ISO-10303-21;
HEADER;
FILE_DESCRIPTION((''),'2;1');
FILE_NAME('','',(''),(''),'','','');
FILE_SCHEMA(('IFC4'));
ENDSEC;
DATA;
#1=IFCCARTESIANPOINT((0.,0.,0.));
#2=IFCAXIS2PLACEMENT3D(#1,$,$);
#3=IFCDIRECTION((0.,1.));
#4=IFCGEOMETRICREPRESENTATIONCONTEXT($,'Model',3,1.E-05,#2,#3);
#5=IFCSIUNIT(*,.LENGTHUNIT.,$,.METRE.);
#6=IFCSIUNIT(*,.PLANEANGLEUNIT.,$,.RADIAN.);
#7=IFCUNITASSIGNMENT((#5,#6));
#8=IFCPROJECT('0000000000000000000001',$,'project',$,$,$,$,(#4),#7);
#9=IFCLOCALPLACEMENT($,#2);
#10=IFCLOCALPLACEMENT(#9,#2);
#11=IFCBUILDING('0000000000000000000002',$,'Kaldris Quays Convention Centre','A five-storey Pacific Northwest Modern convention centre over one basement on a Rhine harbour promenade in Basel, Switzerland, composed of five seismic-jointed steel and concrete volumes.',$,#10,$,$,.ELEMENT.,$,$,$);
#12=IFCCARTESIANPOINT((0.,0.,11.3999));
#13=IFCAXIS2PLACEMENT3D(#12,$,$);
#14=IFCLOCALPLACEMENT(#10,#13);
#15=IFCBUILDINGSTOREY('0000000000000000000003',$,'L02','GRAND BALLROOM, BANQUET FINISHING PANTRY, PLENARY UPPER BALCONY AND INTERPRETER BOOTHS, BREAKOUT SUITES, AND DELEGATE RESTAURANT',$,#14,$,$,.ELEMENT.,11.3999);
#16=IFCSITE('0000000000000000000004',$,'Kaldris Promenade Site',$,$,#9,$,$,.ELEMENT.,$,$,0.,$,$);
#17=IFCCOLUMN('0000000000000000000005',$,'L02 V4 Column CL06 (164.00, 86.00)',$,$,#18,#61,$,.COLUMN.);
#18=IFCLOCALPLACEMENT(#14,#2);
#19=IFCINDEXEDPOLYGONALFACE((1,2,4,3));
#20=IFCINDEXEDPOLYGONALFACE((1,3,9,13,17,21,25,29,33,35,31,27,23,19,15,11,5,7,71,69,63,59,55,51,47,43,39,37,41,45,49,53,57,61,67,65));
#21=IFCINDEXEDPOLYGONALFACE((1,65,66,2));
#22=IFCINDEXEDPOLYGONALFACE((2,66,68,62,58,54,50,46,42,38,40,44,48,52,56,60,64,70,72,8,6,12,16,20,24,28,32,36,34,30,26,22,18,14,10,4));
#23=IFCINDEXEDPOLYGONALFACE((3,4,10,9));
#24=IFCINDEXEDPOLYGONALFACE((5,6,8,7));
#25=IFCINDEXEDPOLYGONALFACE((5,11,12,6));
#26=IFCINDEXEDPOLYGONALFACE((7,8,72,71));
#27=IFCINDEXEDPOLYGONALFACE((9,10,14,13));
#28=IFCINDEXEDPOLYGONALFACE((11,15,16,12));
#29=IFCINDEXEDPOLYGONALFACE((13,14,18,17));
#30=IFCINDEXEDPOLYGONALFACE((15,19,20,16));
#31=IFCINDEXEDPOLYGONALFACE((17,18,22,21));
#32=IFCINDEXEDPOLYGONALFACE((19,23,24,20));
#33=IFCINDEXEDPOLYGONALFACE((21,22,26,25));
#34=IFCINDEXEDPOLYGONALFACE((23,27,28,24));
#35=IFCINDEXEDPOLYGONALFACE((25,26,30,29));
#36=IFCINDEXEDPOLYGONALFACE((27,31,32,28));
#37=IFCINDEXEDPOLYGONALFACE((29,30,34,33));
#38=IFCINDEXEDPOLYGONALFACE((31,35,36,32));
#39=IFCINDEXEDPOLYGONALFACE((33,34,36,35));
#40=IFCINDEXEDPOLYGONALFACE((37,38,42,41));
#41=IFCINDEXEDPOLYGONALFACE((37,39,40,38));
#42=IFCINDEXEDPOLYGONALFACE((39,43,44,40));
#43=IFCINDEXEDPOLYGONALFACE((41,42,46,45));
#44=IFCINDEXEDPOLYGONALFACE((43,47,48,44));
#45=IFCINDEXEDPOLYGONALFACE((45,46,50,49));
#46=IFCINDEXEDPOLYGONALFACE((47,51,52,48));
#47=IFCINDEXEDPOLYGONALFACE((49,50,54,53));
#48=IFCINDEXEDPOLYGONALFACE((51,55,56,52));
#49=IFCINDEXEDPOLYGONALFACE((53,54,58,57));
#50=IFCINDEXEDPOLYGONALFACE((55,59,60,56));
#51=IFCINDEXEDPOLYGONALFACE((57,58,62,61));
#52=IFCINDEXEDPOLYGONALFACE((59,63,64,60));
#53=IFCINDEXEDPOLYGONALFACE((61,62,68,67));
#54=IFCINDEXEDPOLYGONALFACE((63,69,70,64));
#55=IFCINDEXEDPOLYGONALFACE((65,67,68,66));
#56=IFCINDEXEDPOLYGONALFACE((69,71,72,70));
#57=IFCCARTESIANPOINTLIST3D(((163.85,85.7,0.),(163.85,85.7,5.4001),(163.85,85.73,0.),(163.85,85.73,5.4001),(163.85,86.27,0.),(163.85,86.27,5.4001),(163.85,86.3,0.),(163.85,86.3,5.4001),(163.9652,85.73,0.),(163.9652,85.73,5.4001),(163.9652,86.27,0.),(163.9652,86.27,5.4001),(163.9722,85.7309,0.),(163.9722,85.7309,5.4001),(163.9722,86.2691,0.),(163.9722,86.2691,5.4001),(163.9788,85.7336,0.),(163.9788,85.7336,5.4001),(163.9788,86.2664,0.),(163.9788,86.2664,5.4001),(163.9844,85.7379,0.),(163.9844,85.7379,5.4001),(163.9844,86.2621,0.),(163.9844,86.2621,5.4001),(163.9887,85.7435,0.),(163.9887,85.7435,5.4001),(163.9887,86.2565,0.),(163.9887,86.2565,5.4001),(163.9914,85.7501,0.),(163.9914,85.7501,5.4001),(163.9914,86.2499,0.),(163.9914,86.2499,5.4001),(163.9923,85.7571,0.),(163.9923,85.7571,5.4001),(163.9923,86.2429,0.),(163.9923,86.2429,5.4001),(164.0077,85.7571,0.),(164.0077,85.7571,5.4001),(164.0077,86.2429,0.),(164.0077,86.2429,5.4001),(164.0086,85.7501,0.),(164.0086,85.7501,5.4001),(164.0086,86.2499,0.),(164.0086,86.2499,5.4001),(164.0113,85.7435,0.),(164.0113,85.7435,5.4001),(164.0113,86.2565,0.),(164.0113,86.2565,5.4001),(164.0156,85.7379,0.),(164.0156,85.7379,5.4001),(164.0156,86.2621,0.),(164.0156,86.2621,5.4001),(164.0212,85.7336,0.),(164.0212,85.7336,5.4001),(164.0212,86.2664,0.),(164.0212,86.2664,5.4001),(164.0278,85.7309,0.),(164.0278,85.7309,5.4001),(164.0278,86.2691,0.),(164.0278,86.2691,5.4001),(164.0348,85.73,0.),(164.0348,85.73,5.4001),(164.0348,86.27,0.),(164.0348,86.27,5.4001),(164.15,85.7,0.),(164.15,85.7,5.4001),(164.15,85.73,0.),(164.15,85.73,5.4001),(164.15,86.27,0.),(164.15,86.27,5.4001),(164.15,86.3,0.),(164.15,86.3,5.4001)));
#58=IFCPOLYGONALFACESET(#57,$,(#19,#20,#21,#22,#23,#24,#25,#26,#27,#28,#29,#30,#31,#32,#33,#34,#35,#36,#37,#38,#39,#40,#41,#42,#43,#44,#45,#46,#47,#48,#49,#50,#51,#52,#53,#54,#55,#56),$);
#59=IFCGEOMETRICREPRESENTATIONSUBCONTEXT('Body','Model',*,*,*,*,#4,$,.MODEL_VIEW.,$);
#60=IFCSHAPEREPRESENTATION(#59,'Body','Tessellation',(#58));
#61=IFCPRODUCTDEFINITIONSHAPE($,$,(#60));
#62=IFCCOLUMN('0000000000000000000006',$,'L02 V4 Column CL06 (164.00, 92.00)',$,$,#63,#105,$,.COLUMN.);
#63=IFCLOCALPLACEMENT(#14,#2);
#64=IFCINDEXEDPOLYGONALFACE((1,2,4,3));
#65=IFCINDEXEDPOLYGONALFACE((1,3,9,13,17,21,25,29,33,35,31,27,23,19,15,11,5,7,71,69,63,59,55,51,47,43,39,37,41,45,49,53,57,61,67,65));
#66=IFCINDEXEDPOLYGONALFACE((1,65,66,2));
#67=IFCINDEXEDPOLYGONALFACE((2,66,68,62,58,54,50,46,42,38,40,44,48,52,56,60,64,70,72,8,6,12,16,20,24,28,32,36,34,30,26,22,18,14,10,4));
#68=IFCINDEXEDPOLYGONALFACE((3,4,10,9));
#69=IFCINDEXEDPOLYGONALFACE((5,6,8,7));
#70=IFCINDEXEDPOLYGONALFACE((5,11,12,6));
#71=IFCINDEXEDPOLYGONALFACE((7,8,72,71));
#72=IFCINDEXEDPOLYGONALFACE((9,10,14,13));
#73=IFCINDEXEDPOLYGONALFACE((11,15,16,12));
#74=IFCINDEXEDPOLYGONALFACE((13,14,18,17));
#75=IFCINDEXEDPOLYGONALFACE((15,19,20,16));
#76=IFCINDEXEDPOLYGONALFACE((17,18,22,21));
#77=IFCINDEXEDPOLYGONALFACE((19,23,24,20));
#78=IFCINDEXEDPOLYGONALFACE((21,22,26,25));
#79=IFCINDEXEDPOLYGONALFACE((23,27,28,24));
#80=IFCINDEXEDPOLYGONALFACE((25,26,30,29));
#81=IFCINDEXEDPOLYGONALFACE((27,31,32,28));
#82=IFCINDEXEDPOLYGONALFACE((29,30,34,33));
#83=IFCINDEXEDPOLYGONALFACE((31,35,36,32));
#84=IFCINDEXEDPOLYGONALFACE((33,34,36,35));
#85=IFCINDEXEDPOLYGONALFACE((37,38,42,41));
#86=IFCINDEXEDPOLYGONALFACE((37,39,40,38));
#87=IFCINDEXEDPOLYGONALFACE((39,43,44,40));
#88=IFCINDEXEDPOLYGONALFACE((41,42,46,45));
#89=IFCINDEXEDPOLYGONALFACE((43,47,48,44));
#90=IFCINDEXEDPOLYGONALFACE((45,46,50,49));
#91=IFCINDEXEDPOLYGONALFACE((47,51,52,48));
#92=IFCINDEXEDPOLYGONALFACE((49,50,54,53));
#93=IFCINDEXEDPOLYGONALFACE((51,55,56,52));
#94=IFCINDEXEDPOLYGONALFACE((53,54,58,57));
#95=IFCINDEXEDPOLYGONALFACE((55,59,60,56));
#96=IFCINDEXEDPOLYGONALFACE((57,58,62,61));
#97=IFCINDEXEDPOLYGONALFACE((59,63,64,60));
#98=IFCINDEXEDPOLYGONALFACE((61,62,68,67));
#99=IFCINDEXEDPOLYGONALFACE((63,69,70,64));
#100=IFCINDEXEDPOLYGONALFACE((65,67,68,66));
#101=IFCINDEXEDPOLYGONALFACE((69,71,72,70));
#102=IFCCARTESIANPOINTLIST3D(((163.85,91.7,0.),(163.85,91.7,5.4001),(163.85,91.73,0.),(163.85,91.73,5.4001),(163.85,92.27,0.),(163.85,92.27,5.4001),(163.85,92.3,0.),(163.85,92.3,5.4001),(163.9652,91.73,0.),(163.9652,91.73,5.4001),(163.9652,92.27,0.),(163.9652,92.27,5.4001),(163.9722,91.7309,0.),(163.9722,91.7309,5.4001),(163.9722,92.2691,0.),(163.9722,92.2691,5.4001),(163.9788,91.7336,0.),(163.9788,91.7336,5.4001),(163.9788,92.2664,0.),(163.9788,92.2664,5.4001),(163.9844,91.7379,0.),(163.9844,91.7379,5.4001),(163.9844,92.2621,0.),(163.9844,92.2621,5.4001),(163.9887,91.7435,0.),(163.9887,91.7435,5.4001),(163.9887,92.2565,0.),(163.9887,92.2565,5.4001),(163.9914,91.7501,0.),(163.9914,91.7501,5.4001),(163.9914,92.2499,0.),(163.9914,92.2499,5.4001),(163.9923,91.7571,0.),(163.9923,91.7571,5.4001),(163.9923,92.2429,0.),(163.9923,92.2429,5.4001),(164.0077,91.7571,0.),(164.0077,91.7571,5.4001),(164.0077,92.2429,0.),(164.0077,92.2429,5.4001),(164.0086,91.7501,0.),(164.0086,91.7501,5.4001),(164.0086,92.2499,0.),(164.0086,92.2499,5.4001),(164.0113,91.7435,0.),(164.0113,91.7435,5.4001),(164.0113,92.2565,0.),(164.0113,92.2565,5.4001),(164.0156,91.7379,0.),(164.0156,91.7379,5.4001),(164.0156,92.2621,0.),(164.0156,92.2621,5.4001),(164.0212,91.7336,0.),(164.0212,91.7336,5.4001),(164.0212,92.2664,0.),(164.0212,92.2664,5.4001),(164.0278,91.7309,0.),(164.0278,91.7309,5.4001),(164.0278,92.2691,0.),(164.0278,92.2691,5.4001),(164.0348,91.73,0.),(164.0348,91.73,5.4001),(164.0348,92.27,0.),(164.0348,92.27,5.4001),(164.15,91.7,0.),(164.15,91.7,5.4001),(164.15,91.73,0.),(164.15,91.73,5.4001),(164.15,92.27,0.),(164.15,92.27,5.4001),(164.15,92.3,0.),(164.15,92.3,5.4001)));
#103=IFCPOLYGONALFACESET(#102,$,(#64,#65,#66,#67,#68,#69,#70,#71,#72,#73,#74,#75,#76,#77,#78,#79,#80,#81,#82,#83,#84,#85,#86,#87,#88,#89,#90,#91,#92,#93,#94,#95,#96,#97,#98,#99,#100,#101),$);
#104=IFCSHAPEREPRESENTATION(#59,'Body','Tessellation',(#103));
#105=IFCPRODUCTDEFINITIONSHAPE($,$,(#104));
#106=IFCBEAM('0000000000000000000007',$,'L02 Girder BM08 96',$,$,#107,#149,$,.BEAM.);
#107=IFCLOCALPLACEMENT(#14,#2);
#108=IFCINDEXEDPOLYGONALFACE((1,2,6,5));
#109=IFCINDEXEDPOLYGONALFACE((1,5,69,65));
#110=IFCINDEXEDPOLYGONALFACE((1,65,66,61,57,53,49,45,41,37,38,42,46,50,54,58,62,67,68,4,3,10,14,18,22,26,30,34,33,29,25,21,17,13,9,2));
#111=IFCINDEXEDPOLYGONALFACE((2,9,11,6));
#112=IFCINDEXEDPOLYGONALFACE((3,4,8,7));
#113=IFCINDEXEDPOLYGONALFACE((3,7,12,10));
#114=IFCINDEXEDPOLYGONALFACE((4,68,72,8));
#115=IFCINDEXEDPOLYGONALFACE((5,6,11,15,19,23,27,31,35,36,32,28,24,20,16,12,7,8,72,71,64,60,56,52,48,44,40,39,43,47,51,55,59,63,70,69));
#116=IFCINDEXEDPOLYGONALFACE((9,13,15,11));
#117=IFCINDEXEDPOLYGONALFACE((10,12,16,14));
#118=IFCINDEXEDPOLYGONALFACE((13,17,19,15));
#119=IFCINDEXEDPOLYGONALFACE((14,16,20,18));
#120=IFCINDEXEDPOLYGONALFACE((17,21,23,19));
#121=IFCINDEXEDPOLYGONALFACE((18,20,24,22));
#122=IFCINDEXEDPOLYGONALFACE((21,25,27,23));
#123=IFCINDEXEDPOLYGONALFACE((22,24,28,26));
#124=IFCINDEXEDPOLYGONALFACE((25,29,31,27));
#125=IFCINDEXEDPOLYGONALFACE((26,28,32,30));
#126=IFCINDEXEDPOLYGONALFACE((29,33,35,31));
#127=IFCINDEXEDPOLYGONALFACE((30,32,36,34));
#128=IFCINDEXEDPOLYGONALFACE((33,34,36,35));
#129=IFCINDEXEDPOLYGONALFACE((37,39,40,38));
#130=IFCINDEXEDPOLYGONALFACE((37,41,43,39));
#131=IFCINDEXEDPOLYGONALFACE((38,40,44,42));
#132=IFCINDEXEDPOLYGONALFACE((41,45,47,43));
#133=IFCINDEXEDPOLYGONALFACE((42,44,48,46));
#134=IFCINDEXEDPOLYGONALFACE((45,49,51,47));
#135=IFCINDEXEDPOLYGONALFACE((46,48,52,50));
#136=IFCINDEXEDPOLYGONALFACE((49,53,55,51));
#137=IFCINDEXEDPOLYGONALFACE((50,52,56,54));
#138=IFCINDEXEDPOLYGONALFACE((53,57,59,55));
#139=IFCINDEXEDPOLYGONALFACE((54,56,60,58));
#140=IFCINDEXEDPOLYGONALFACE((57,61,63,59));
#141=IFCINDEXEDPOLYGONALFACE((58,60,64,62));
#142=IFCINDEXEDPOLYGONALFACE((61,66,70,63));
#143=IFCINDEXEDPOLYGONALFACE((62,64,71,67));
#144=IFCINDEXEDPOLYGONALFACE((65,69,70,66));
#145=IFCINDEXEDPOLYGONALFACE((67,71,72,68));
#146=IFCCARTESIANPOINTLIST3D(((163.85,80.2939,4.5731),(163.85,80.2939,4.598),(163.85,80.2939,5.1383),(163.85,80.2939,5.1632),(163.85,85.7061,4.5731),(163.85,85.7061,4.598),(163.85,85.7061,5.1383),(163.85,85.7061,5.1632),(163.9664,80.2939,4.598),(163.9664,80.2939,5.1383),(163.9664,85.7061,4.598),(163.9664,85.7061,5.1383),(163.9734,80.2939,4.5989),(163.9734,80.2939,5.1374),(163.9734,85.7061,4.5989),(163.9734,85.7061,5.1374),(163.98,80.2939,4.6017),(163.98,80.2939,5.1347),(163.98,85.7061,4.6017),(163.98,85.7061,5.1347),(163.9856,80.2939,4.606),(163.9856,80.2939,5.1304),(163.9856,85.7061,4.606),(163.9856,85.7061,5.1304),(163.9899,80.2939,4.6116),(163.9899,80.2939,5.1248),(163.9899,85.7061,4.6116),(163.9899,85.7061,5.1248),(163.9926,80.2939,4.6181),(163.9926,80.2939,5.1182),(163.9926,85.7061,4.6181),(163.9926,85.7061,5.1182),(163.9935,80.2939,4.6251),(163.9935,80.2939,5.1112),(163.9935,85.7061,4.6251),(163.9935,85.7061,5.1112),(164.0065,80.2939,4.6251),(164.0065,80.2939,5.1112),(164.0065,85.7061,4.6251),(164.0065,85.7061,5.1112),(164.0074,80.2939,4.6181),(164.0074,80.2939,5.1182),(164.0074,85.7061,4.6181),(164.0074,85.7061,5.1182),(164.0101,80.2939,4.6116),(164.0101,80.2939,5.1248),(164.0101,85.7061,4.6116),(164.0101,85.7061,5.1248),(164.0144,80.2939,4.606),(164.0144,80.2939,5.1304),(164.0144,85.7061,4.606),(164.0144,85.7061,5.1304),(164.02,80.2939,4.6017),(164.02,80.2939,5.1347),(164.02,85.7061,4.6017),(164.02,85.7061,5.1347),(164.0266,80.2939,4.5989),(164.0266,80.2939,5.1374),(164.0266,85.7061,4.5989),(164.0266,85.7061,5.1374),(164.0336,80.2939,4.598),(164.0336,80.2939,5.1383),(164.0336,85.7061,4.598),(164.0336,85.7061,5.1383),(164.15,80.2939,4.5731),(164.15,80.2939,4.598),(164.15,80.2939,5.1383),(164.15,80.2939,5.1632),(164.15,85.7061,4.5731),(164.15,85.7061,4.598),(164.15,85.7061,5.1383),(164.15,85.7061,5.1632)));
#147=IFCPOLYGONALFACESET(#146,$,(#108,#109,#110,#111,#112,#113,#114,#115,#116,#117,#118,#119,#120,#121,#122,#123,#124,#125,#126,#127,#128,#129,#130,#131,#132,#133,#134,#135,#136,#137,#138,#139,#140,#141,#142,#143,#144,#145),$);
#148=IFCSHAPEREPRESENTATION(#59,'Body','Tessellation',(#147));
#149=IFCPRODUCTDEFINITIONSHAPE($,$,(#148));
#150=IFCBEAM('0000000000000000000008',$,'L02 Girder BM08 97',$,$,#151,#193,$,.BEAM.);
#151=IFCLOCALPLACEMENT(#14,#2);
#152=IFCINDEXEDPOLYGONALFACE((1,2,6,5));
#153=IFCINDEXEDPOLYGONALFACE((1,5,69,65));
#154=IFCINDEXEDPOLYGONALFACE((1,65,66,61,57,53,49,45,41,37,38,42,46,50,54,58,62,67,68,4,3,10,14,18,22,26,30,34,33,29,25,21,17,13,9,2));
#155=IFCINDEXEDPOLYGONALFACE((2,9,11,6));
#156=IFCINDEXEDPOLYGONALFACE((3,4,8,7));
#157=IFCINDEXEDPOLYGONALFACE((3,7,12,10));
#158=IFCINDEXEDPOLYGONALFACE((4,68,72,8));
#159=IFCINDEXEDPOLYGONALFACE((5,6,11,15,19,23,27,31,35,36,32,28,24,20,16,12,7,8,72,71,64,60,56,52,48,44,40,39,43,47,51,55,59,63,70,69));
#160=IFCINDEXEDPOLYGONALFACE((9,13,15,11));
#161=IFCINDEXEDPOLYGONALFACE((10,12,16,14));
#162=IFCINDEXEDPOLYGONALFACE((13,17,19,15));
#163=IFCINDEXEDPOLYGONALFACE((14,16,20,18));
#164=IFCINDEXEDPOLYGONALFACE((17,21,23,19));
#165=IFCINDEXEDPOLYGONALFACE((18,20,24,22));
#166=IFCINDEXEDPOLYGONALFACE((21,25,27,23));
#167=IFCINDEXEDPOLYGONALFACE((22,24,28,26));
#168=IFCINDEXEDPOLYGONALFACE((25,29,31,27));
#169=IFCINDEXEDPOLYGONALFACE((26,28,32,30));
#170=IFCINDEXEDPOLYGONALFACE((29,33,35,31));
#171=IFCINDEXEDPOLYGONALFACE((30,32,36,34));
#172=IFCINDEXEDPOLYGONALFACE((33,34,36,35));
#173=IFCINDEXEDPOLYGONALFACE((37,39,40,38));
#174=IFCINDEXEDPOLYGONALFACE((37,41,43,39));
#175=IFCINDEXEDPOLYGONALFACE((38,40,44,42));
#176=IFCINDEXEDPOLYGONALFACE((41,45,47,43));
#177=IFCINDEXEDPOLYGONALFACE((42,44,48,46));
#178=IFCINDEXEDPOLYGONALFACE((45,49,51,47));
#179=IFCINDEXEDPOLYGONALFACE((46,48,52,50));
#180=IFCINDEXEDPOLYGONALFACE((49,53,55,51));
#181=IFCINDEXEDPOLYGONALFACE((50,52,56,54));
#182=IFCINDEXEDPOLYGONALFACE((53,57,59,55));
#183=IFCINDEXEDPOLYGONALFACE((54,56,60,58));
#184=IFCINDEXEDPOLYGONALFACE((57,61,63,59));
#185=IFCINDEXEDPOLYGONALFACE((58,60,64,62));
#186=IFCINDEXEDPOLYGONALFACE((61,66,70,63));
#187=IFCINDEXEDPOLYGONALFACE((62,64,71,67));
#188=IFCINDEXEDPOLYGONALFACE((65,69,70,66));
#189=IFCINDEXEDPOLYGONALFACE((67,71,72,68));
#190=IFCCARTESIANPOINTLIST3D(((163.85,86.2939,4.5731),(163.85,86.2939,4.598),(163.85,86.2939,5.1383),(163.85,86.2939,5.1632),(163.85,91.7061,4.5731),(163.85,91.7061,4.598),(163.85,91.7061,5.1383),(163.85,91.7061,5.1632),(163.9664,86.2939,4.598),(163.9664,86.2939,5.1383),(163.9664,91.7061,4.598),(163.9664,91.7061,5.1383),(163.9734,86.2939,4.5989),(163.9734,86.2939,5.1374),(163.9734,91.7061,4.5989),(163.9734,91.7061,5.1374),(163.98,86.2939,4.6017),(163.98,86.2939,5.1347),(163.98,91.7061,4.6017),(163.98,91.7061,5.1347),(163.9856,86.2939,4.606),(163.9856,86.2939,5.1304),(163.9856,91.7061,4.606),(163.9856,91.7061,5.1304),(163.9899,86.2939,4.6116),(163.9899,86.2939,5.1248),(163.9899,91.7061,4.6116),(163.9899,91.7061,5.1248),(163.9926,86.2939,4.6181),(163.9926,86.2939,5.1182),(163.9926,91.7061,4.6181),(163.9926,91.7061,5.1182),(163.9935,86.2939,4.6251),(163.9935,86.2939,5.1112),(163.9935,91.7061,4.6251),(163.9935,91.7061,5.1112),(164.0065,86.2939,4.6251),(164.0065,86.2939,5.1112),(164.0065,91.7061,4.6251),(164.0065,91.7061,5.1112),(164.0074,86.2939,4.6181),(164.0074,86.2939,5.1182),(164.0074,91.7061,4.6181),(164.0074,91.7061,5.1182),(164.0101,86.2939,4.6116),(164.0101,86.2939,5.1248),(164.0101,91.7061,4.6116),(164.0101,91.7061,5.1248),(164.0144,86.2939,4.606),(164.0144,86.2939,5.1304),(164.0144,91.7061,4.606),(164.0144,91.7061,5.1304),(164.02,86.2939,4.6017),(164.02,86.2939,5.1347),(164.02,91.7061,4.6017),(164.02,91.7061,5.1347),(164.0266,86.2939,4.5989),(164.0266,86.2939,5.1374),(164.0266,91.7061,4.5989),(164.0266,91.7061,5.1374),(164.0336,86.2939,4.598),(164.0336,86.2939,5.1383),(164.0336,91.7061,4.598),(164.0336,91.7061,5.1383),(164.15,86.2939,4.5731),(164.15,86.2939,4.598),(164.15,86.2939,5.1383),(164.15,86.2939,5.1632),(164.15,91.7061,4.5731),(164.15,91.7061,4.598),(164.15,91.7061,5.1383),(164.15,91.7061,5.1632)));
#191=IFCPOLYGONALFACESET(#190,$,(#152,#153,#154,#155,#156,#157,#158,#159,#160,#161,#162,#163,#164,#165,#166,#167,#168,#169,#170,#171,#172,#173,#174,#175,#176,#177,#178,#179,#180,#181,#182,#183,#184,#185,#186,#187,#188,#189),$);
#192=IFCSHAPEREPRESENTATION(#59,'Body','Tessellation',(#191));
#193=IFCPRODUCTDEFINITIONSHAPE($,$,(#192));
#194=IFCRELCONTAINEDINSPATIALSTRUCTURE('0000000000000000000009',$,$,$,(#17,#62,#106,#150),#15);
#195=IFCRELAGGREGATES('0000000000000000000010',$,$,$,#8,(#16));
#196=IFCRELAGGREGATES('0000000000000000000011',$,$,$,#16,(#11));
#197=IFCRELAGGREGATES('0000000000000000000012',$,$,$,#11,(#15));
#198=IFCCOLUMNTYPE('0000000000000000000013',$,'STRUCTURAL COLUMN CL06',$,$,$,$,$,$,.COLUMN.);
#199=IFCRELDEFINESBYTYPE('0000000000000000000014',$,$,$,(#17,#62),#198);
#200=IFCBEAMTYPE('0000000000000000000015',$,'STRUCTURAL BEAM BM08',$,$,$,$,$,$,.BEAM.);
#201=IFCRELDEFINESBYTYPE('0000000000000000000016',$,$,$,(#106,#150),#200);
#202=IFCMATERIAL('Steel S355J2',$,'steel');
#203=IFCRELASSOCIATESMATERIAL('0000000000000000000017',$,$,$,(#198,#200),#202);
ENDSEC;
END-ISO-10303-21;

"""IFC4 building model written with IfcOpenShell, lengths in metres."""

from ifc_helpers import new_model, si_unit, direction, frame, origin, origin_2d, place, context, subcontext, project, spatial, i_section, extrude, material, material_profile, profile_set, type_object, element, save


model = new_model("IFC4")

# Units and contexts
model_context = context("Model", 3, precision=1e-05, world=origin(), true_north=direction((0.0, 1.0)))
body_context = subcontext(model_context, "Body", "Model", "MODEL_VIEW")
ifc_project = project(units=[si_unit("LENGTHUNIT", "METRE"), si_unit("PLANEANGLEUNIT", "RADIAN")], contexts=[model_context])

# Site, building, storey
site_placement = place(None, origin())
site = spatial("IfcSite", under=ifc_project, at=site_placement, Name="Kaldris Promenade Site", CompositionType="ELEMENT", RefElevation=0.0)
building_placement = place(site_placement, origin())
building = spatial("IfcBuilding", under=site, at=building_placement, Name="Kaldris Quays Convention Centre", Description="A five-storey Pacific Northwest Modern convention centre over one basement on a Rhine harbour promenade in Basel, Switzerland, composed of five seismic-jointed steel and concrete volumes.", CompositionType="ELEMENT")
storey_placement = place(building_placement, frame((0.0, 0.0, 11.3999)))
storey = spatial("IfcBuildingStorey", under=building, at=storey_placement, Name="L02", Description="GRAND BALLROOM, BANQUET FINISHING PANTRY, PLENARY UPPER BALCONY AND INTERPRETER BOOTHS, BREAKOUT SUITES, AND DELEGATE RESTAURANT", CompositionType="ELEMENT", Elevation=11.3999)

# Columns
ifc_material_1 = material(Name="Steel S355J2", Category="steel")
ifc_material_profile_1 = material_profile(ifc_material_1, i_section(OverallWidth=0.3, OverallDepth=0.6001, WebThickness=0.0154, FlangeThickness=0.03, FilletRadius=0.0271, at=origin_2d()), Name="HEB 600")
ifc_profile_set_1 = profile_set([ifc_material_profile_1], Name="Steel S355J2")
column_type = type_object("IfcColumnType", Name="STRUCTURAL COLUMN CL06", PredefinedType="COLUMN", material=ifc_profile_set_1)
for number, where, z_axis, x_axis, name in (
    (1, (164.0, 86.0, 0.0), (0.0, 0.0, 1.0), (1.0, 0.0, 0.0), "L02 V4 Column CL06 (164.00, 86.00)"),
    (2, (164.0, 92.0, 0.0), (0.0, 0.0, 1.0), (1.0, 0.0, 0.0), "L02 V4 Column CL06 (164.00, 92.00)"),
):
    element("IfcColumn", number, at=place(storey_placement, frame(where, z_axis=z_axis, x_axis=x_axis)), inside=storey, type_object=column_type, Name=name, PredefinedType="COLUMN", context=body_context, shape_type="SweptSolid", body=[
        extrude(i_section(OverallWidth=0.3, OverallDepth=0.6001, WebThickness=0.0154, FlangeThickness=0.03, FilletRadius=0.0271, at=origin_2d()), origin(), (0.0, 0.0, 1.0), 5.4001),
    ])

# Beams
ifc_material_profile_2 = material_profile(ifc_material_1, i_section(OverallWidth=0.3, OverallDepth=0.5901, WebThickness=0.0129, FlangeThickness=0.0249, FilletRadius=0.0271, at=origin_2d()), Name="HEA 600")
ifc_profile_set_2 = profile_set([ifc_material_profile_2], Name="Steel S355J2")
beam_type = type_object("IfcBeamType", Name="STRUCTURAL BEAM BM08", PredefinedType="BEAM", material=ifc_profile_set_2)
for number, where, z_axis, x_axis, name in (
    (3, (164.0, 80.2939, 4.8682), (0.0, 1.0, 0.0), (-1.0, 0.0, 0.0), "L02 Girder BM08 96"),
    (4, (164.0, 86.2939, 4.8682), (0.0, 1.0, 0.0), (-1.0, 0.0, 0.0), "L02 Girder BM08 97"),
):
    element("IfcBeam", number, at=place(storey_placement, frame(where, z_axis=z_axis, x_axis=x_axis)), inside=storey, type_object=beam_type, Name=name, PredefinedType="BEAM", context=body_context, shape_type="SweptSolid", body=[
        extrude(i_section(OverallWidth=0.3, OverallDepth=0.5901, WebThickness=0.0129, FlangeThickness=0.0249, FilletRadius=0.0271, at=origin_2d()), origin(), (0.0, 0.0, 1.0), 5.4121),
    ])

save(model, "model.ifc")
